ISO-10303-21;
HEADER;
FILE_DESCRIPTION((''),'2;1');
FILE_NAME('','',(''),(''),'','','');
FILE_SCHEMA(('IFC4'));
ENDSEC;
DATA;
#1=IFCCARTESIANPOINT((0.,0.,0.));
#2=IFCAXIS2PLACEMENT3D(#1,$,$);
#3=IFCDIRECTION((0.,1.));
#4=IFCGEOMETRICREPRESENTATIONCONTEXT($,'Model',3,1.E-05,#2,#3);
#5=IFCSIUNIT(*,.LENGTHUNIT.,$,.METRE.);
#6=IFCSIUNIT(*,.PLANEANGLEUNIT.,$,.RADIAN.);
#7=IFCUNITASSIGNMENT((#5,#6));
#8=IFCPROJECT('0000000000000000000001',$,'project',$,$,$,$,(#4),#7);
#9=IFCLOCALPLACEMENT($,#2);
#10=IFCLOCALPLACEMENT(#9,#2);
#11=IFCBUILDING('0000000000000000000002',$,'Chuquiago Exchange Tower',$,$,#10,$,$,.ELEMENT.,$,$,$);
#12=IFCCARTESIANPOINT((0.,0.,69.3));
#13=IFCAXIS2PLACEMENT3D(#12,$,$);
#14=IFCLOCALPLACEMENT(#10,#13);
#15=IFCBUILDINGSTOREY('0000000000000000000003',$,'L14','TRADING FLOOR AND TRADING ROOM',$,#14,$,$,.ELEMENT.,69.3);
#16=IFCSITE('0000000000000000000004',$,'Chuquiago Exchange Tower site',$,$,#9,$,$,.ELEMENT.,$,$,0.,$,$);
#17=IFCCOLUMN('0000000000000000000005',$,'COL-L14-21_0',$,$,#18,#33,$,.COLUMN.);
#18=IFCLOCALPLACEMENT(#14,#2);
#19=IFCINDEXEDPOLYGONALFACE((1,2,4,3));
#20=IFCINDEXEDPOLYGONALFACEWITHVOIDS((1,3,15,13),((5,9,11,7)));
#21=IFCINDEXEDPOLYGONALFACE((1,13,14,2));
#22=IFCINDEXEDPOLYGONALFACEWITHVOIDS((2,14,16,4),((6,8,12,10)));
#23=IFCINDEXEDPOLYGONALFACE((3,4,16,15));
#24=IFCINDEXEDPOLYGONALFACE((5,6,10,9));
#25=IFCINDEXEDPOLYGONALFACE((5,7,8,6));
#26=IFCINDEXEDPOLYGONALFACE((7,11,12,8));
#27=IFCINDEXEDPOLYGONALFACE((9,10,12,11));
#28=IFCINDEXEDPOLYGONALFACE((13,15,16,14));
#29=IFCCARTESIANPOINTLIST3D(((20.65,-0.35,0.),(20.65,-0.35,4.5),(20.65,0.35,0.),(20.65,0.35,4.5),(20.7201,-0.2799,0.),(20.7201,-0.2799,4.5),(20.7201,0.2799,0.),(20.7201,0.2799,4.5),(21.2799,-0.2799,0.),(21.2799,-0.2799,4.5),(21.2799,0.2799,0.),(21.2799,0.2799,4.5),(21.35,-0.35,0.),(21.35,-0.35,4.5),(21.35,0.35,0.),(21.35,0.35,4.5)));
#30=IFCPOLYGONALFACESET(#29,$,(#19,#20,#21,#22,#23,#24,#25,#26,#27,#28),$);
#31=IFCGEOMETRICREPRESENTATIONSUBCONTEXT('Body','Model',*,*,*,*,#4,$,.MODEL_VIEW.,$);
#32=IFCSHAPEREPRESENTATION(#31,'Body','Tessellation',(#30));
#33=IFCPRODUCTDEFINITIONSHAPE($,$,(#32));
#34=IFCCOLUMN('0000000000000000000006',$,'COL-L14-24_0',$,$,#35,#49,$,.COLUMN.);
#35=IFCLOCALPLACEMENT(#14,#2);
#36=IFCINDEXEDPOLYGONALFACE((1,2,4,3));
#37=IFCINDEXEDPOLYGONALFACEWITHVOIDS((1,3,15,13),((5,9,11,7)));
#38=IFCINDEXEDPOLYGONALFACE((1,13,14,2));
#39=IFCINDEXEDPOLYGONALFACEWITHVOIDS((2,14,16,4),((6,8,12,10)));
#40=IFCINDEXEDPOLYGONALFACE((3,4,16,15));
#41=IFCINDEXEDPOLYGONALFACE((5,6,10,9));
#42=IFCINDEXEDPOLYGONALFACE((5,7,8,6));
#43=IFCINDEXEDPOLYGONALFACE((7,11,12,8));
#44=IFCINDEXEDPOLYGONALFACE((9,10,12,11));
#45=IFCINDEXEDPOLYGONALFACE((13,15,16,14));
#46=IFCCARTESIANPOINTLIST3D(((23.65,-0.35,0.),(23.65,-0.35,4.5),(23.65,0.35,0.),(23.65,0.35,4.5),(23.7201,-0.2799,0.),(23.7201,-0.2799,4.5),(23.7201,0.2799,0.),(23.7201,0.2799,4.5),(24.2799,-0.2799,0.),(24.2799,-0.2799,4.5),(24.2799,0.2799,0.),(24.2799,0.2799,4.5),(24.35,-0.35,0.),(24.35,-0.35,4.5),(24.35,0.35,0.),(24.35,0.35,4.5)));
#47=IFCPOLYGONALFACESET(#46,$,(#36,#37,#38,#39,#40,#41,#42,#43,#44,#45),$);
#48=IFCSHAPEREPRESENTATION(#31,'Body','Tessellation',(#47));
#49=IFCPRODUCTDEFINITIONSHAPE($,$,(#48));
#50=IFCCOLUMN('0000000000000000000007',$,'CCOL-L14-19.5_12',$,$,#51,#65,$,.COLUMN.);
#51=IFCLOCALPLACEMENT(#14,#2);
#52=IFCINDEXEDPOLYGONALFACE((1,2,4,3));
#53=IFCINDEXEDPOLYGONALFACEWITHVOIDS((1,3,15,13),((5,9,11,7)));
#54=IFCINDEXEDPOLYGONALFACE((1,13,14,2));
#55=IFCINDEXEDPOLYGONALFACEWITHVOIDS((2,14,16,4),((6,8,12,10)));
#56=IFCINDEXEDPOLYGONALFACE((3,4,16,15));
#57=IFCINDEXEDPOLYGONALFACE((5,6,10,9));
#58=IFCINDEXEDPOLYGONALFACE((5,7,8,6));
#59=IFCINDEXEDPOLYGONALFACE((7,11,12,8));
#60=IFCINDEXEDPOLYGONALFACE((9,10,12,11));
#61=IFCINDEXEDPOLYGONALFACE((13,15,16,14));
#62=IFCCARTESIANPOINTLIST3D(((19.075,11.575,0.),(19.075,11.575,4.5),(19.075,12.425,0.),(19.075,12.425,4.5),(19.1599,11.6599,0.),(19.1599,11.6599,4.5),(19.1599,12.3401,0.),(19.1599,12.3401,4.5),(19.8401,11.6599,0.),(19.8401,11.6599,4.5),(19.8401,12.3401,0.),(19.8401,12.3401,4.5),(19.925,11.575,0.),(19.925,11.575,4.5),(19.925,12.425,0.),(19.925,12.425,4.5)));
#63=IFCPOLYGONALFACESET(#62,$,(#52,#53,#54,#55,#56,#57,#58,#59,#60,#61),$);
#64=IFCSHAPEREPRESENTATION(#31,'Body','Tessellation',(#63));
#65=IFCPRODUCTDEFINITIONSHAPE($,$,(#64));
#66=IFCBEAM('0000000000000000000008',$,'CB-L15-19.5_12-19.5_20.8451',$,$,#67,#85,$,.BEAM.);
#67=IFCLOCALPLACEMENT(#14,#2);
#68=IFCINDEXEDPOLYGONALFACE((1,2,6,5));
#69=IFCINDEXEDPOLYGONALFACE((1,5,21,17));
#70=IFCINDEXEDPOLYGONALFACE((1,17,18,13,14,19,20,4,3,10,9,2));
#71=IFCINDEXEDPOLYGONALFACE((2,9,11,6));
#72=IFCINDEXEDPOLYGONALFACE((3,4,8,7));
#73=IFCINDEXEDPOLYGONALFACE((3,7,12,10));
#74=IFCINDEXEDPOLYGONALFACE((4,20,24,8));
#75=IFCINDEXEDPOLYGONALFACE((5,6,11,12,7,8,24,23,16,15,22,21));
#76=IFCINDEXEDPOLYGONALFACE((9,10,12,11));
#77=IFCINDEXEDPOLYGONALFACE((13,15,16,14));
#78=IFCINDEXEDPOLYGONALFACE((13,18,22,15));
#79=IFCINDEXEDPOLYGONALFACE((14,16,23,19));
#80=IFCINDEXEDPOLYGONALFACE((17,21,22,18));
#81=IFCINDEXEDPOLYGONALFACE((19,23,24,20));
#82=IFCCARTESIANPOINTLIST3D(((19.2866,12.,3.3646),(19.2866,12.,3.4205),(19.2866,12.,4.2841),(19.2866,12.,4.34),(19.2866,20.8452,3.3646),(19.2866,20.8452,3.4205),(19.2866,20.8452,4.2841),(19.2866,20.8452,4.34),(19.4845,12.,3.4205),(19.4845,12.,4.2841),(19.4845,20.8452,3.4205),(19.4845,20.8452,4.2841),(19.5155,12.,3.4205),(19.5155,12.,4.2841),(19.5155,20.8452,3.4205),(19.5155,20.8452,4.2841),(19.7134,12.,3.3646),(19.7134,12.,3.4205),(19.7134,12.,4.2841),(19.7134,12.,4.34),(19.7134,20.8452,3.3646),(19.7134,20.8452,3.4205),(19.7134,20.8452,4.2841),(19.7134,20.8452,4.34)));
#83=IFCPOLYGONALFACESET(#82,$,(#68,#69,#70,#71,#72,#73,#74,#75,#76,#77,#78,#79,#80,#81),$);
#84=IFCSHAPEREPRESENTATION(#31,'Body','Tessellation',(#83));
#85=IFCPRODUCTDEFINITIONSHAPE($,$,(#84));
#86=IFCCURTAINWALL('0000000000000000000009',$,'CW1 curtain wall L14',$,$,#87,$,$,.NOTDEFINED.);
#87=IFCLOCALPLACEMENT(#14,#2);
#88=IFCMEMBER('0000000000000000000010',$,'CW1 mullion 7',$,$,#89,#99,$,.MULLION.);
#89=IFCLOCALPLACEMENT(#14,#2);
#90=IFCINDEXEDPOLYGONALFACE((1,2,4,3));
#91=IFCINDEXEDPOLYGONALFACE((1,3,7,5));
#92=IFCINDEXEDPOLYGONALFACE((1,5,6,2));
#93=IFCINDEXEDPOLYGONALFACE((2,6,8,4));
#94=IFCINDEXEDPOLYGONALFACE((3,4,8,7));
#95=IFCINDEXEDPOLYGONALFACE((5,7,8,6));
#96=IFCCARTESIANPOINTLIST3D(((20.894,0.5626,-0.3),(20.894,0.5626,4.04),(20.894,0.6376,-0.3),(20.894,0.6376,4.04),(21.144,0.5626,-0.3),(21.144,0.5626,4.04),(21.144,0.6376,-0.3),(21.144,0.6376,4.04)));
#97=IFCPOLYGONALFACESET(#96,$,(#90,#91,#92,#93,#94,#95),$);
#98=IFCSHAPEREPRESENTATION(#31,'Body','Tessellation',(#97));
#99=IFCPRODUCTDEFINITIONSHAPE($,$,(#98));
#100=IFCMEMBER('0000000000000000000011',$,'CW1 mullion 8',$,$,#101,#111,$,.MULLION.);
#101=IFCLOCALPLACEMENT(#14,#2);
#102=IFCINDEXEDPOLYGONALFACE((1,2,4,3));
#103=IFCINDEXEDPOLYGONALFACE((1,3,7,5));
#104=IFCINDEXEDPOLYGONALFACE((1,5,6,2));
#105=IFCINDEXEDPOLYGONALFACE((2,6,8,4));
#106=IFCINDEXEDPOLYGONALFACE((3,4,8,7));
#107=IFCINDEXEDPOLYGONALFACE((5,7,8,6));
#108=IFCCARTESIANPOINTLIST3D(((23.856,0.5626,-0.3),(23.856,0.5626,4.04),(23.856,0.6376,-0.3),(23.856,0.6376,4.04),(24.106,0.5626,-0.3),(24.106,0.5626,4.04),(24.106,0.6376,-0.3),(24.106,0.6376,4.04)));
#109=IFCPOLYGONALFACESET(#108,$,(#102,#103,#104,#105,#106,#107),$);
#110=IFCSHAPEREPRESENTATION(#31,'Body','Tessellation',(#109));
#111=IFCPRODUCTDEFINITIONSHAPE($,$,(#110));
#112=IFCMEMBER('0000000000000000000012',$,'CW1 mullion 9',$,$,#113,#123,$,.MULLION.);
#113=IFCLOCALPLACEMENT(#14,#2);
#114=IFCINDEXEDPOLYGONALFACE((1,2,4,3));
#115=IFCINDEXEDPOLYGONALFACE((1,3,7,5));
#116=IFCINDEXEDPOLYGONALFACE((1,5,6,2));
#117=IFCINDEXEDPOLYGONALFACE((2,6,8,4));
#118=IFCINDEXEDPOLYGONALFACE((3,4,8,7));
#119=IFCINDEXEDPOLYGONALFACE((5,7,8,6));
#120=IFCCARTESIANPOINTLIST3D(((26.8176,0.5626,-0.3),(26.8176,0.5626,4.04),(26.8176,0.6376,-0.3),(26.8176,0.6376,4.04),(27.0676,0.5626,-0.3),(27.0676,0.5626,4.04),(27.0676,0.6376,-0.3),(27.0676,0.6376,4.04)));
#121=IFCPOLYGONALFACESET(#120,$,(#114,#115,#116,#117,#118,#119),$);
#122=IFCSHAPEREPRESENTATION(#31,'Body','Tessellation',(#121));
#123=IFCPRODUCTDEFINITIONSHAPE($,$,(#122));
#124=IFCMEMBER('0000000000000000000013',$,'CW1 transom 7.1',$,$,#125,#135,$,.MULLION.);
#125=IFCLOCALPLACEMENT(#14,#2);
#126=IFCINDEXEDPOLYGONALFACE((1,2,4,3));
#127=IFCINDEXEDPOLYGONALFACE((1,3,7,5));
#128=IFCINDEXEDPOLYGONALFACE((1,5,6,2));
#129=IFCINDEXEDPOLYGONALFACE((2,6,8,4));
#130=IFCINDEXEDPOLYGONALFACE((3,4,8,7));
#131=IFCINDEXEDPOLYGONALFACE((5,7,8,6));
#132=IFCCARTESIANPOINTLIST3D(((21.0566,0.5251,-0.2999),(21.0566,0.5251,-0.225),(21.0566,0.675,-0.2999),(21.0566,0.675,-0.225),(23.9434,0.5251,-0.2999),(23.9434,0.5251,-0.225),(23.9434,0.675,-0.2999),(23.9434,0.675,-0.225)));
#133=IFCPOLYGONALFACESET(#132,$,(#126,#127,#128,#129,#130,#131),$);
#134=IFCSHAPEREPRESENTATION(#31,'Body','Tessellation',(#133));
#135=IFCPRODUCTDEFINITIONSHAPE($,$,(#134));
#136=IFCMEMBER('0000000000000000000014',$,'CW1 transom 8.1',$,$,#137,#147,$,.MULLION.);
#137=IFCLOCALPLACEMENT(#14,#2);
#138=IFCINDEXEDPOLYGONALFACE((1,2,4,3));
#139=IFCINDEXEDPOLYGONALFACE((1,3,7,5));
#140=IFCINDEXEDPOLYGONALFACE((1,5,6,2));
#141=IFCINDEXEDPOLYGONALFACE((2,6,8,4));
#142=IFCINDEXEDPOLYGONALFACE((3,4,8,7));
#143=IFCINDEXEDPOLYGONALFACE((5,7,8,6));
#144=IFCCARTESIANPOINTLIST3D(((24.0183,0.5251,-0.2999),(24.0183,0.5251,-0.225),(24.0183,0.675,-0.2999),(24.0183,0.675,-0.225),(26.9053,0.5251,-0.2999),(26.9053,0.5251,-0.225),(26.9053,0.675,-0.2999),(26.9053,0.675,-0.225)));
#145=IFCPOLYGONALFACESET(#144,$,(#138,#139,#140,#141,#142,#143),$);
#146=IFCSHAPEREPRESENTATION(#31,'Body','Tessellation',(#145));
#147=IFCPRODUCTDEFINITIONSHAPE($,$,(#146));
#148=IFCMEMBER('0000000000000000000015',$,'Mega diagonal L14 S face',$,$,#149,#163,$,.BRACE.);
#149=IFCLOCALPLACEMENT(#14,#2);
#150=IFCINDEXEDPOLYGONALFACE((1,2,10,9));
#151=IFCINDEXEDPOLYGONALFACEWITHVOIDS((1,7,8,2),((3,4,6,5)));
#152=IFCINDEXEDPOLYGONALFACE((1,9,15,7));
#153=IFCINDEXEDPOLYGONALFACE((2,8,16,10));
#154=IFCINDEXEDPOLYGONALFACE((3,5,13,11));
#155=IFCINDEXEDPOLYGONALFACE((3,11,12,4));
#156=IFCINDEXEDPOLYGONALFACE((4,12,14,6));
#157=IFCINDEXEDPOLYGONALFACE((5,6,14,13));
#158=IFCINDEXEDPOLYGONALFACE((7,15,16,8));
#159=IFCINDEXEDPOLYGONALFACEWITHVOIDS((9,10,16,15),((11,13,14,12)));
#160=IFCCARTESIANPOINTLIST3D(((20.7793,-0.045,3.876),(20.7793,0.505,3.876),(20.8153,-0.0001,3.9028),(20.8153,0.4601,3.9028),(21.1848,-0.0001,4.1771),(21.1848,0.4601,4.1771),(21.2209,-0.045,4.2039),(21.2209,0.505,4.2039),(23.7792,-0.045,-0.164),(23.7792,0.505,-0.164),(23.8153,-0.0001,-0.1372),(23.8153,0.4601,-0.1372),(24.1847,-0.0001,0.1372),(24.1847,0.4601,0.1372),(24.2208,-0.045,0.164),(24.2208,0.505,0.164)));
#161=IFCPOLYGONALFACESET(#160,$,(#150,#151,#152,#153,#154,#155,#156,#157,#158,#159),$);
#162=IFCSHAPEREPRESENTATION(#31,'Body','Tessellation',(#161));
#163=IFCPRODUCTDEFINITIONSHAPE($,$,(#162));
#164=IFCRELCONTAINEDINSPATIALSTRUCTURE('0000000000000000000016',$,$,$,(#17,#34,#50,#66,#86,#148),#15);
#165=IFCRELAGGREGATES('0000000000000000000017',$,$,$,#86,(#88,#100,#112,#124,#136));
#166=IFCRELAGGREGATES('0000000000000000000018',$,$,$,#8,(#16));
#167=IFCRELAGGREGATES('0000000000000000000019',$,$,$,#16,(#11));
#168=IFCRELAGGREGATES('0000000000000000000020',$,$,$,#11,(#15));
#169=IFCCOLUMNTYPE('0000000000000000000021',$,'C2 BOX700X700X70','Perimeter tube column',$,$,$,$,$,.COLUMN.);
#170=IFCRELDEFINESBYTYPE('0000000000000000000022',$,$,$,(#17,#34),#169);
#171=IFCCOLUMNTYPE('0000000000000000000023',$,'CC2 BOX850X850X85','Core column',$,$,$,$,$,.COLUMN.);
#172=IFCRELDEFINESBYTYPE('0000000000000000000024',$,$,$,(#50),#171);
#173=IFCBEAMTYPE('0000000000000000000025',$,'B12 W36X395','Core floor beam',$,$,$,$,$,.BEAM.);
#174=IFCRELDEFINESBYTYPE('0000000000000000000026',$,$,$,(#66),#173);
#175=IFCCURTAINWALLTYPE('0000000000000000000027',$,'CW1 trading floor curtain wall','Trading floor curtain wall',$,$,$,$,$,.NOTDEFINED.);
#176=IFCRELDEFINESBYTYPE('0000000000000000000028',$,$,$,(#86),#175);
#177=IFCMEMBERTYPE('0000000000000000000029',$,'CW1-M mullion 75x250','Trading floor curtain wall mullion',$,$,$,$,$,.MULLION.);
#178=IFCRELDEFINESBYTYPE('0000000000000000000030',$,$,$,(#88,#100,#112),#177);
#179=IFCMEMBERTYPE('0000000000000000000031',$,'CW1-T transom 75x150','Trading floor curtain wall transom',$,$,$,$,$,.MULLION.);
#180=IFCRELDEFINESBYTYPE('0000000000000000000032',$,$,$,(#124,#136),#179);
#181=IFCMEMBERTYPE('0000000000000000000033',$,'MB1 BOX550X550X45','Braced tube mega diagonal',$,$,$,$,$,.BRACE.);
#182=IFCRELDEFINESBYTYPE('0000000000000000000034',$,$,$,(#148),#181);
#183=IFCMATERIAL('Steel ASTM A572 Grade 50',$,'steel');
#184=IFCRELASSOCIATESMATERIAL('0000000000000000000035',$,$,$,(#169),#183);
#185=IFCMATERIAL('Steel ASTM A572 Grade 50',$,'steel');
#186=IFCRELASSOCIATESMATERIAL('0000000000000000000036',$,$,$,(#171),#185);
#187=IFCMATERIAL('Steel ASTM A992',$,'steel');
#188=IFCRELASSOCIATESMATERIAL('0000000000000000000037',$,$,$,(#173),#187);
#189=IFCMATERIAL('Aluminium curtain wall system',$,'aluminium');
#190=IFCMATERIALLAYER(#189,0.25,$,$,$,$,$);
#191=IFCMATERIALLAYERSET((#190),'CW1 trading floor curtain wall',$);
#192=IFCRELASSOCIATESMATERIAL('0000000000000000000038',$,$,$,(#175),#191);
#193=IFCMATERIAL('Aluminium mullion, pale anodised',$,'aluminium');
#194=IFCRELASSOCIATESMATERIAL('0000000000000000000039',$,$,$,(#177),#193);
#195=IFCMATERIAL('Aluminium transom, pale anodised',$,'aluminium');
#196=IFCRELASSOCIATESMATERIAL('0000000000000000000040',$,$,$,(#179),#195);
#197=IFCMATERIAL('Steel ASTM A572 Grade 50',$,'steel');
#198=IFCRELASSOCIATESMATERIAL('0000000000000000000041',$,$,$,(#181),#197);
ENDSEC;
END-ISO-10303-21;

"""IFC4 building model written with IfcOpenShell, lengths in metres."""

from ifc_helpers import new_model, si_unit, direction, frame, origin, origin_2d, place, context, subcontext, project, spatial, rectangle, hollow_rectangle, i_section, extrude, material, layer, layer_set, material_profile, profile_set, type_object, element, aggregate, save


model = new_model("IFC4")

# Units and contexts
model_context = context("Model", 3, precision=1e-05, world=origin(), true_north=direction((0.0, 1.0)))
body_context = subcontext(model_context, "Body", "Model", "MODEL_VIEW")
ifc_project = project(units=[si_unit("LENGTHUNIT", "METRE"), si_unit("PLANEANGLEUNIT", "RADIAN")], contexts=[model_context])

# Site, building, storey
site_placement = place(None, origin())
site = spatial("IfcSite", under=ifc_project, at=site_placement, Name="Chuquiago Exchange Tower site", CompositionType="ELEMENT", RefElevation=0.0)
building_placement = place(site_placement, origin())
building = spatial("IfcBuilding", under=site, at=building_placement, Name="Chuquiago Exchange Tower", CompositionType="ELEMENT")
storey_placement = place(building_placement, frame((0.0, 0.0, 69.3)))
storey = spatial("IfcBuildingStorey", under=building, at=storey_placement, Name="L14", Description="TRADING FLOOR AND TRADING ROOM", CompositionType="ELEMENT", Elevation=69.3)

# Columns
ifc_material_1 = material(Name="Steel ASTM A572 Grade 50", Category="steel")
ifc_material_profile_1 = material_profile(ifc_material_1, hollow_rectangle(XDim=0.7, YDim=0.7, WallThickness=0.0701, at=origin_2d()), Name="BOX700X700X70")
ifc_profile_set_1 = profile_set([ifc_material_profile_1], Name="Steel ASTM A572 Grade 50")
column_type_1 = type_object("IfcColumnType", Name="C2 BOX700X700X70", Description="Perimeter tube column", PredefinedType="COLUMN", material=ifc_profile_set_1)
for number, where, z_axis, x_axis, name in (
    (1, (21.0, 0.0, 0.0), (0.0, 0.0, 1.0), (0.0, -1.0, 0.0), "COL-L14-21_0"),
    (2, (24.0, 0.0, 0.0), (0.0, 0.0, 1.0), (0.0, -1.0, 0.0), "COL-L14-24_0"),
):
    element("IfcColumn", number, at=place(storey_placement, frame(where, z_axis=z_axis, x_axis=x_axis)), inside=storey, type_object=column_type_1, Name=name, PredefinedType="COLUMN", context=body_context, shape_type="SweptSolid", body=[
        extrude(hollow_rectangle(XDim=0.7, YDim=0.7, WallThickness=0.0701, at=origin_2d()), origin(), (0.0, 0.0, 1.0), 4.5),
    ])
ifc_material_2 = material(Name="Steel ASTM A572 Grade 50", Category="steel")
ifc_material_profile_2 = material_profile(ifc_material_2, hollow_rectangle(XDim=0.8501, YDim=0.8501, WallThickness=0.085, at=origin_2d()), Name="BOX850X850X85")
ifc_profile_set_2 = profile_set([ifc_material_profile_2], Name="Steel ASTM A572 Grade 50")
column_type_2 = type_object("IfcColumnType", Name="CC2 BOX850X850X85", Description="Core column", PredefinedType="COLUMN", material=ifc_profile_set_2)
column_placement = place(storey_placement, frame((19.5, 12.0, 0.0), z_axis=(0.0, 0.0, 1.0), x_axis=(1.0, 0.0, 0.0)))
element("IfcColumn", 3, at=column_placement, inside=storey, type_object=column_type_2, Name="CCOL-L14-19.5_12", PredefinedType="COLUMN", context=body_context, shape_type="SweptSolid", body=[
    extrude(hollow_rectangle(XDim=0.8501, YDim=0.8501, WallThickness=0.085, at=origin_2d()), origin(), (0.0, 0.0, 1.0), 4.5),
])

# Beam
ifc_material_3 = material(Name="Steel ASTM A992", Category="steel")
ifc_material_profile_3 = material_profile(ifc_material_3, i_section(OverallWidth=0.4268, OverallDepth=0.9753, WebThickness=0.031, FlangeThickness=0.0559, at=origin_2d()), Name="W36X395")
ifc_profile_set_3 = profile_set([ifc_material_profile_3], Name="Steel ASTM A992")
beam_type_1 = type_object("IfcBeamType", Name="B12 W36X395", Description="Core floor beam", PredefinedType="BEAM", material=ifc_profile_set_3)
beam_placement = place(storey_placement, frame((19.5, 12.0, 3.8523), z_axis=(0.0, 1.0, 0.0), x_axis=(-1.0, 0.0, 0.0)))
element("IfcBeam", 4, at=beam_placement, inside=storey, type_object=beam_type_1, Name="CB-L15-19.5_12-19.5_20.8451", PredefinedType="BEAM", context=body_context, shape_type="SweptSolid", body=[
    extrude(i_section(OverallWidth=0.4268, OverallDepth=0.9753, WebThickness=0.031, FlangeThickness=0.0559, at=origin_2d()), origin(), (0.0, 0.0, 1.0), 8.8452),
])

# Curtain wall, members
ifc_material_4 = material(Name="Aluminium curtain wall system", Category="aluminium")
ifc_layer_1 = layer(ifc_material_4, 0.25)
ifc_layer_set_1 = layer_set([ifc_layer_1], Name="CW1 trading floor curtain wall")
curtain_wall_type = type_object("IfcCurtainWallType", Name="CW1 trading floor curtain wall", Description="Trading floor curtain wall", PredefinedType="NOTDEFINED", material=ifc_layer_set_1)
curtain_wall_placement = place(storey_placement, origin())
curtain_wall = element("IfcCurtainWall", 5, at=curtain_wall_placement, inside=storey, type_object=curtain_wall_type, Name="CW1 curtain wall L14", PredefinedType="NOTDEFINED")
ifc_material_5 = material(Name="Aluminium mullion, pale anodised", Category="aluminium")
ifc_material_profile_4 = material_profile(ifc_material_5, rectangle(XDim=0.075, YDim=0.25, at=origin_2d()), Name="AL 75x250")
ifc_profile_set_4 = profile_set([ifc_material_profile_4], Name="Aluminium mullion, pale anodised")
member_type_1 = type_object("IfcMemberType", Name="CW1-M mullion 75x250", Description="Trading floor curtain wall mullion", PredefinedType="MULLION", material=ifc_profile_set_4)
member_1_placement = place(storey_placement, frame((21.019, 0.6001, -0.3), z_axis=(0.0, 0.0, 1.0), x_axis=(0.0, 1.0, 0.0)))
member_1 = element("IfcMember", 6, at=member_1_placement, type_object=member_type_1, Name="CW1 mullion 7", PredefinedType="MULLION", context=body_context, shape_type="SweptSolid", body=[
    extrude(rectangle(XDim=0.075, YDim=0.25, at=origin_2d()), origin(), (0.0, 0.0, 1.0), 4.3401),
])
member_2_placement = place(storey_placement, frame((23.981, 0.6001, -0.3), z_axis=(0.0, 0.0, 1.0), x_axis=(0.0, 1.0, 0.0)))
member_2 = element("IfcMember", 7, at=member_2_placement, type_object=member_type_1, Name="CW1 mullion 8", PredefinedType="MULLION", context=body_context, shape_type="SweptSolid", body=[
    extrude(rectangle(XDim=0.075, YDim=0.25, at=origin_2d()), origin(), (0.0, 0.0, 1.0), 4.3401),
])
member_3_placement = place(storey_placement, frame((26.9426, 0.6001, -0.3), z_axis=(0.0, 0.0, 1.0), x_axis=(0.0, 1.0, 0.0)))
member_3 = element("IfcMember", 8, at=member_3_placement, type_object=member_type_1, Name="CW1 mullion 9", PredefinedType="MULLION", context=body_context, shape_type="SweptSolid", body=[
    extrude(rectangle(XDim=0.075, YDim=0.25, at=origin_2d()), origin(), (0.0, 0.0, 1.0), 4.3401),
])
ifc_material_6 = material(Name="Aluminium transom, pale anodised", Category="aluminium")
ifc_material_profile_5 = material_profile(ifc_material_6, rectangle(XDim=0.1499, YDim=0.075, at=origin_2d()), Name="AL 150x75")
ifc_profile_set_5 = profile_set([ifc_material_profile_5], Name="Aluminium transom, pale anodised")
member_type_2 = type_object("IfcMemberType", Name="CW1-T transom 75x150", Description="Trading floor curtain wall transom", PredefinedType="MULLION", material=ifc_profile_set_5)
member_4_placement = place(storey_placement, frame((21.0566, 0.6001, -0.2625), z_axis=(1.0, 0.0, 0.0), x_axis=(0.0, 1.0, 0.0)))
member_4 = element("IfcMember", 9, at=member_4_placement, type_object=member_type_2, Name="CW1 transom 7.1", PredefinedType="MULLION", context=body_context, shape_type="SweptSolid", body=[
    extrude(rectangle(XDim=0.1499, YDim=0.075, at=origin_2d()), origin(), (0.0, 0.0, 1.0), 2.8867),
])
member_5_placement = place(storey_placement, frame((24.0183, 0.6001, -0.2625), z_axis=(1.0, 0.0, 0.0), x_axis=(0.0, 1.0, 0.0)))
member_5 = element("IfcMember", 10, at=member_5_placement, type_object=member_type_2, Name="CW1 transom 8.1", PredefinedType="MULLION", context=body_context, shape_type="SweptSolid", body=[
    extrude(rectangle(XDim=0.1499, YDim=0.075, at=origin_2d()), origin(), (0.0, 0.0, 1.0), 2.887),
])

# Member
ifc_material_7 = material(Name="Steel ASTM A572 Grade 50", Category="steel")
ifc_material_profile_6 = material_profile(ifc_material_7, hollow_rectangle(XDim=0.55, YDim=0.55, WallThickness=0.0449, at=origin_2d()), Name="BOX550X550X45")
ifc_profile_set_6 = profile_set([ifc_material_profile_6], Name="Steel ASTM A572 Grade 50")
member_type_3 = type_object("IfcMemberType", Name="MB1 BOX550X550X45", Description="Braced tube mega diagonal", PredefinedType="BRACE", material=ifc_profile_set_6)
member_6_placement = place(storey_placement, frame((24.0, 0.23, 0.0), z_axis=(-0.596174, 0.0, 0.802855), x_axis=(0.0, -1.0, 0.0)))
element("IfcMember", 11, at=member_6_placement, inside=storey, type_object=member_type_3, Name="Mega diagonal L14 S face", PredefinedType="BRACE", context=body_context, shape_type="SweptSolid", body=[
    extrude(hollow_rectangle(XDim=0.55, YDim=0.55, WallThickness=0.0449, at=origin_2d()), origin(), (0.0, 0.0, 1.0), 5.032),
])

aggregate(curtain_wall, [member_1, member_2, member_3, member_4, member_5])

save(model, "model.ifc")
